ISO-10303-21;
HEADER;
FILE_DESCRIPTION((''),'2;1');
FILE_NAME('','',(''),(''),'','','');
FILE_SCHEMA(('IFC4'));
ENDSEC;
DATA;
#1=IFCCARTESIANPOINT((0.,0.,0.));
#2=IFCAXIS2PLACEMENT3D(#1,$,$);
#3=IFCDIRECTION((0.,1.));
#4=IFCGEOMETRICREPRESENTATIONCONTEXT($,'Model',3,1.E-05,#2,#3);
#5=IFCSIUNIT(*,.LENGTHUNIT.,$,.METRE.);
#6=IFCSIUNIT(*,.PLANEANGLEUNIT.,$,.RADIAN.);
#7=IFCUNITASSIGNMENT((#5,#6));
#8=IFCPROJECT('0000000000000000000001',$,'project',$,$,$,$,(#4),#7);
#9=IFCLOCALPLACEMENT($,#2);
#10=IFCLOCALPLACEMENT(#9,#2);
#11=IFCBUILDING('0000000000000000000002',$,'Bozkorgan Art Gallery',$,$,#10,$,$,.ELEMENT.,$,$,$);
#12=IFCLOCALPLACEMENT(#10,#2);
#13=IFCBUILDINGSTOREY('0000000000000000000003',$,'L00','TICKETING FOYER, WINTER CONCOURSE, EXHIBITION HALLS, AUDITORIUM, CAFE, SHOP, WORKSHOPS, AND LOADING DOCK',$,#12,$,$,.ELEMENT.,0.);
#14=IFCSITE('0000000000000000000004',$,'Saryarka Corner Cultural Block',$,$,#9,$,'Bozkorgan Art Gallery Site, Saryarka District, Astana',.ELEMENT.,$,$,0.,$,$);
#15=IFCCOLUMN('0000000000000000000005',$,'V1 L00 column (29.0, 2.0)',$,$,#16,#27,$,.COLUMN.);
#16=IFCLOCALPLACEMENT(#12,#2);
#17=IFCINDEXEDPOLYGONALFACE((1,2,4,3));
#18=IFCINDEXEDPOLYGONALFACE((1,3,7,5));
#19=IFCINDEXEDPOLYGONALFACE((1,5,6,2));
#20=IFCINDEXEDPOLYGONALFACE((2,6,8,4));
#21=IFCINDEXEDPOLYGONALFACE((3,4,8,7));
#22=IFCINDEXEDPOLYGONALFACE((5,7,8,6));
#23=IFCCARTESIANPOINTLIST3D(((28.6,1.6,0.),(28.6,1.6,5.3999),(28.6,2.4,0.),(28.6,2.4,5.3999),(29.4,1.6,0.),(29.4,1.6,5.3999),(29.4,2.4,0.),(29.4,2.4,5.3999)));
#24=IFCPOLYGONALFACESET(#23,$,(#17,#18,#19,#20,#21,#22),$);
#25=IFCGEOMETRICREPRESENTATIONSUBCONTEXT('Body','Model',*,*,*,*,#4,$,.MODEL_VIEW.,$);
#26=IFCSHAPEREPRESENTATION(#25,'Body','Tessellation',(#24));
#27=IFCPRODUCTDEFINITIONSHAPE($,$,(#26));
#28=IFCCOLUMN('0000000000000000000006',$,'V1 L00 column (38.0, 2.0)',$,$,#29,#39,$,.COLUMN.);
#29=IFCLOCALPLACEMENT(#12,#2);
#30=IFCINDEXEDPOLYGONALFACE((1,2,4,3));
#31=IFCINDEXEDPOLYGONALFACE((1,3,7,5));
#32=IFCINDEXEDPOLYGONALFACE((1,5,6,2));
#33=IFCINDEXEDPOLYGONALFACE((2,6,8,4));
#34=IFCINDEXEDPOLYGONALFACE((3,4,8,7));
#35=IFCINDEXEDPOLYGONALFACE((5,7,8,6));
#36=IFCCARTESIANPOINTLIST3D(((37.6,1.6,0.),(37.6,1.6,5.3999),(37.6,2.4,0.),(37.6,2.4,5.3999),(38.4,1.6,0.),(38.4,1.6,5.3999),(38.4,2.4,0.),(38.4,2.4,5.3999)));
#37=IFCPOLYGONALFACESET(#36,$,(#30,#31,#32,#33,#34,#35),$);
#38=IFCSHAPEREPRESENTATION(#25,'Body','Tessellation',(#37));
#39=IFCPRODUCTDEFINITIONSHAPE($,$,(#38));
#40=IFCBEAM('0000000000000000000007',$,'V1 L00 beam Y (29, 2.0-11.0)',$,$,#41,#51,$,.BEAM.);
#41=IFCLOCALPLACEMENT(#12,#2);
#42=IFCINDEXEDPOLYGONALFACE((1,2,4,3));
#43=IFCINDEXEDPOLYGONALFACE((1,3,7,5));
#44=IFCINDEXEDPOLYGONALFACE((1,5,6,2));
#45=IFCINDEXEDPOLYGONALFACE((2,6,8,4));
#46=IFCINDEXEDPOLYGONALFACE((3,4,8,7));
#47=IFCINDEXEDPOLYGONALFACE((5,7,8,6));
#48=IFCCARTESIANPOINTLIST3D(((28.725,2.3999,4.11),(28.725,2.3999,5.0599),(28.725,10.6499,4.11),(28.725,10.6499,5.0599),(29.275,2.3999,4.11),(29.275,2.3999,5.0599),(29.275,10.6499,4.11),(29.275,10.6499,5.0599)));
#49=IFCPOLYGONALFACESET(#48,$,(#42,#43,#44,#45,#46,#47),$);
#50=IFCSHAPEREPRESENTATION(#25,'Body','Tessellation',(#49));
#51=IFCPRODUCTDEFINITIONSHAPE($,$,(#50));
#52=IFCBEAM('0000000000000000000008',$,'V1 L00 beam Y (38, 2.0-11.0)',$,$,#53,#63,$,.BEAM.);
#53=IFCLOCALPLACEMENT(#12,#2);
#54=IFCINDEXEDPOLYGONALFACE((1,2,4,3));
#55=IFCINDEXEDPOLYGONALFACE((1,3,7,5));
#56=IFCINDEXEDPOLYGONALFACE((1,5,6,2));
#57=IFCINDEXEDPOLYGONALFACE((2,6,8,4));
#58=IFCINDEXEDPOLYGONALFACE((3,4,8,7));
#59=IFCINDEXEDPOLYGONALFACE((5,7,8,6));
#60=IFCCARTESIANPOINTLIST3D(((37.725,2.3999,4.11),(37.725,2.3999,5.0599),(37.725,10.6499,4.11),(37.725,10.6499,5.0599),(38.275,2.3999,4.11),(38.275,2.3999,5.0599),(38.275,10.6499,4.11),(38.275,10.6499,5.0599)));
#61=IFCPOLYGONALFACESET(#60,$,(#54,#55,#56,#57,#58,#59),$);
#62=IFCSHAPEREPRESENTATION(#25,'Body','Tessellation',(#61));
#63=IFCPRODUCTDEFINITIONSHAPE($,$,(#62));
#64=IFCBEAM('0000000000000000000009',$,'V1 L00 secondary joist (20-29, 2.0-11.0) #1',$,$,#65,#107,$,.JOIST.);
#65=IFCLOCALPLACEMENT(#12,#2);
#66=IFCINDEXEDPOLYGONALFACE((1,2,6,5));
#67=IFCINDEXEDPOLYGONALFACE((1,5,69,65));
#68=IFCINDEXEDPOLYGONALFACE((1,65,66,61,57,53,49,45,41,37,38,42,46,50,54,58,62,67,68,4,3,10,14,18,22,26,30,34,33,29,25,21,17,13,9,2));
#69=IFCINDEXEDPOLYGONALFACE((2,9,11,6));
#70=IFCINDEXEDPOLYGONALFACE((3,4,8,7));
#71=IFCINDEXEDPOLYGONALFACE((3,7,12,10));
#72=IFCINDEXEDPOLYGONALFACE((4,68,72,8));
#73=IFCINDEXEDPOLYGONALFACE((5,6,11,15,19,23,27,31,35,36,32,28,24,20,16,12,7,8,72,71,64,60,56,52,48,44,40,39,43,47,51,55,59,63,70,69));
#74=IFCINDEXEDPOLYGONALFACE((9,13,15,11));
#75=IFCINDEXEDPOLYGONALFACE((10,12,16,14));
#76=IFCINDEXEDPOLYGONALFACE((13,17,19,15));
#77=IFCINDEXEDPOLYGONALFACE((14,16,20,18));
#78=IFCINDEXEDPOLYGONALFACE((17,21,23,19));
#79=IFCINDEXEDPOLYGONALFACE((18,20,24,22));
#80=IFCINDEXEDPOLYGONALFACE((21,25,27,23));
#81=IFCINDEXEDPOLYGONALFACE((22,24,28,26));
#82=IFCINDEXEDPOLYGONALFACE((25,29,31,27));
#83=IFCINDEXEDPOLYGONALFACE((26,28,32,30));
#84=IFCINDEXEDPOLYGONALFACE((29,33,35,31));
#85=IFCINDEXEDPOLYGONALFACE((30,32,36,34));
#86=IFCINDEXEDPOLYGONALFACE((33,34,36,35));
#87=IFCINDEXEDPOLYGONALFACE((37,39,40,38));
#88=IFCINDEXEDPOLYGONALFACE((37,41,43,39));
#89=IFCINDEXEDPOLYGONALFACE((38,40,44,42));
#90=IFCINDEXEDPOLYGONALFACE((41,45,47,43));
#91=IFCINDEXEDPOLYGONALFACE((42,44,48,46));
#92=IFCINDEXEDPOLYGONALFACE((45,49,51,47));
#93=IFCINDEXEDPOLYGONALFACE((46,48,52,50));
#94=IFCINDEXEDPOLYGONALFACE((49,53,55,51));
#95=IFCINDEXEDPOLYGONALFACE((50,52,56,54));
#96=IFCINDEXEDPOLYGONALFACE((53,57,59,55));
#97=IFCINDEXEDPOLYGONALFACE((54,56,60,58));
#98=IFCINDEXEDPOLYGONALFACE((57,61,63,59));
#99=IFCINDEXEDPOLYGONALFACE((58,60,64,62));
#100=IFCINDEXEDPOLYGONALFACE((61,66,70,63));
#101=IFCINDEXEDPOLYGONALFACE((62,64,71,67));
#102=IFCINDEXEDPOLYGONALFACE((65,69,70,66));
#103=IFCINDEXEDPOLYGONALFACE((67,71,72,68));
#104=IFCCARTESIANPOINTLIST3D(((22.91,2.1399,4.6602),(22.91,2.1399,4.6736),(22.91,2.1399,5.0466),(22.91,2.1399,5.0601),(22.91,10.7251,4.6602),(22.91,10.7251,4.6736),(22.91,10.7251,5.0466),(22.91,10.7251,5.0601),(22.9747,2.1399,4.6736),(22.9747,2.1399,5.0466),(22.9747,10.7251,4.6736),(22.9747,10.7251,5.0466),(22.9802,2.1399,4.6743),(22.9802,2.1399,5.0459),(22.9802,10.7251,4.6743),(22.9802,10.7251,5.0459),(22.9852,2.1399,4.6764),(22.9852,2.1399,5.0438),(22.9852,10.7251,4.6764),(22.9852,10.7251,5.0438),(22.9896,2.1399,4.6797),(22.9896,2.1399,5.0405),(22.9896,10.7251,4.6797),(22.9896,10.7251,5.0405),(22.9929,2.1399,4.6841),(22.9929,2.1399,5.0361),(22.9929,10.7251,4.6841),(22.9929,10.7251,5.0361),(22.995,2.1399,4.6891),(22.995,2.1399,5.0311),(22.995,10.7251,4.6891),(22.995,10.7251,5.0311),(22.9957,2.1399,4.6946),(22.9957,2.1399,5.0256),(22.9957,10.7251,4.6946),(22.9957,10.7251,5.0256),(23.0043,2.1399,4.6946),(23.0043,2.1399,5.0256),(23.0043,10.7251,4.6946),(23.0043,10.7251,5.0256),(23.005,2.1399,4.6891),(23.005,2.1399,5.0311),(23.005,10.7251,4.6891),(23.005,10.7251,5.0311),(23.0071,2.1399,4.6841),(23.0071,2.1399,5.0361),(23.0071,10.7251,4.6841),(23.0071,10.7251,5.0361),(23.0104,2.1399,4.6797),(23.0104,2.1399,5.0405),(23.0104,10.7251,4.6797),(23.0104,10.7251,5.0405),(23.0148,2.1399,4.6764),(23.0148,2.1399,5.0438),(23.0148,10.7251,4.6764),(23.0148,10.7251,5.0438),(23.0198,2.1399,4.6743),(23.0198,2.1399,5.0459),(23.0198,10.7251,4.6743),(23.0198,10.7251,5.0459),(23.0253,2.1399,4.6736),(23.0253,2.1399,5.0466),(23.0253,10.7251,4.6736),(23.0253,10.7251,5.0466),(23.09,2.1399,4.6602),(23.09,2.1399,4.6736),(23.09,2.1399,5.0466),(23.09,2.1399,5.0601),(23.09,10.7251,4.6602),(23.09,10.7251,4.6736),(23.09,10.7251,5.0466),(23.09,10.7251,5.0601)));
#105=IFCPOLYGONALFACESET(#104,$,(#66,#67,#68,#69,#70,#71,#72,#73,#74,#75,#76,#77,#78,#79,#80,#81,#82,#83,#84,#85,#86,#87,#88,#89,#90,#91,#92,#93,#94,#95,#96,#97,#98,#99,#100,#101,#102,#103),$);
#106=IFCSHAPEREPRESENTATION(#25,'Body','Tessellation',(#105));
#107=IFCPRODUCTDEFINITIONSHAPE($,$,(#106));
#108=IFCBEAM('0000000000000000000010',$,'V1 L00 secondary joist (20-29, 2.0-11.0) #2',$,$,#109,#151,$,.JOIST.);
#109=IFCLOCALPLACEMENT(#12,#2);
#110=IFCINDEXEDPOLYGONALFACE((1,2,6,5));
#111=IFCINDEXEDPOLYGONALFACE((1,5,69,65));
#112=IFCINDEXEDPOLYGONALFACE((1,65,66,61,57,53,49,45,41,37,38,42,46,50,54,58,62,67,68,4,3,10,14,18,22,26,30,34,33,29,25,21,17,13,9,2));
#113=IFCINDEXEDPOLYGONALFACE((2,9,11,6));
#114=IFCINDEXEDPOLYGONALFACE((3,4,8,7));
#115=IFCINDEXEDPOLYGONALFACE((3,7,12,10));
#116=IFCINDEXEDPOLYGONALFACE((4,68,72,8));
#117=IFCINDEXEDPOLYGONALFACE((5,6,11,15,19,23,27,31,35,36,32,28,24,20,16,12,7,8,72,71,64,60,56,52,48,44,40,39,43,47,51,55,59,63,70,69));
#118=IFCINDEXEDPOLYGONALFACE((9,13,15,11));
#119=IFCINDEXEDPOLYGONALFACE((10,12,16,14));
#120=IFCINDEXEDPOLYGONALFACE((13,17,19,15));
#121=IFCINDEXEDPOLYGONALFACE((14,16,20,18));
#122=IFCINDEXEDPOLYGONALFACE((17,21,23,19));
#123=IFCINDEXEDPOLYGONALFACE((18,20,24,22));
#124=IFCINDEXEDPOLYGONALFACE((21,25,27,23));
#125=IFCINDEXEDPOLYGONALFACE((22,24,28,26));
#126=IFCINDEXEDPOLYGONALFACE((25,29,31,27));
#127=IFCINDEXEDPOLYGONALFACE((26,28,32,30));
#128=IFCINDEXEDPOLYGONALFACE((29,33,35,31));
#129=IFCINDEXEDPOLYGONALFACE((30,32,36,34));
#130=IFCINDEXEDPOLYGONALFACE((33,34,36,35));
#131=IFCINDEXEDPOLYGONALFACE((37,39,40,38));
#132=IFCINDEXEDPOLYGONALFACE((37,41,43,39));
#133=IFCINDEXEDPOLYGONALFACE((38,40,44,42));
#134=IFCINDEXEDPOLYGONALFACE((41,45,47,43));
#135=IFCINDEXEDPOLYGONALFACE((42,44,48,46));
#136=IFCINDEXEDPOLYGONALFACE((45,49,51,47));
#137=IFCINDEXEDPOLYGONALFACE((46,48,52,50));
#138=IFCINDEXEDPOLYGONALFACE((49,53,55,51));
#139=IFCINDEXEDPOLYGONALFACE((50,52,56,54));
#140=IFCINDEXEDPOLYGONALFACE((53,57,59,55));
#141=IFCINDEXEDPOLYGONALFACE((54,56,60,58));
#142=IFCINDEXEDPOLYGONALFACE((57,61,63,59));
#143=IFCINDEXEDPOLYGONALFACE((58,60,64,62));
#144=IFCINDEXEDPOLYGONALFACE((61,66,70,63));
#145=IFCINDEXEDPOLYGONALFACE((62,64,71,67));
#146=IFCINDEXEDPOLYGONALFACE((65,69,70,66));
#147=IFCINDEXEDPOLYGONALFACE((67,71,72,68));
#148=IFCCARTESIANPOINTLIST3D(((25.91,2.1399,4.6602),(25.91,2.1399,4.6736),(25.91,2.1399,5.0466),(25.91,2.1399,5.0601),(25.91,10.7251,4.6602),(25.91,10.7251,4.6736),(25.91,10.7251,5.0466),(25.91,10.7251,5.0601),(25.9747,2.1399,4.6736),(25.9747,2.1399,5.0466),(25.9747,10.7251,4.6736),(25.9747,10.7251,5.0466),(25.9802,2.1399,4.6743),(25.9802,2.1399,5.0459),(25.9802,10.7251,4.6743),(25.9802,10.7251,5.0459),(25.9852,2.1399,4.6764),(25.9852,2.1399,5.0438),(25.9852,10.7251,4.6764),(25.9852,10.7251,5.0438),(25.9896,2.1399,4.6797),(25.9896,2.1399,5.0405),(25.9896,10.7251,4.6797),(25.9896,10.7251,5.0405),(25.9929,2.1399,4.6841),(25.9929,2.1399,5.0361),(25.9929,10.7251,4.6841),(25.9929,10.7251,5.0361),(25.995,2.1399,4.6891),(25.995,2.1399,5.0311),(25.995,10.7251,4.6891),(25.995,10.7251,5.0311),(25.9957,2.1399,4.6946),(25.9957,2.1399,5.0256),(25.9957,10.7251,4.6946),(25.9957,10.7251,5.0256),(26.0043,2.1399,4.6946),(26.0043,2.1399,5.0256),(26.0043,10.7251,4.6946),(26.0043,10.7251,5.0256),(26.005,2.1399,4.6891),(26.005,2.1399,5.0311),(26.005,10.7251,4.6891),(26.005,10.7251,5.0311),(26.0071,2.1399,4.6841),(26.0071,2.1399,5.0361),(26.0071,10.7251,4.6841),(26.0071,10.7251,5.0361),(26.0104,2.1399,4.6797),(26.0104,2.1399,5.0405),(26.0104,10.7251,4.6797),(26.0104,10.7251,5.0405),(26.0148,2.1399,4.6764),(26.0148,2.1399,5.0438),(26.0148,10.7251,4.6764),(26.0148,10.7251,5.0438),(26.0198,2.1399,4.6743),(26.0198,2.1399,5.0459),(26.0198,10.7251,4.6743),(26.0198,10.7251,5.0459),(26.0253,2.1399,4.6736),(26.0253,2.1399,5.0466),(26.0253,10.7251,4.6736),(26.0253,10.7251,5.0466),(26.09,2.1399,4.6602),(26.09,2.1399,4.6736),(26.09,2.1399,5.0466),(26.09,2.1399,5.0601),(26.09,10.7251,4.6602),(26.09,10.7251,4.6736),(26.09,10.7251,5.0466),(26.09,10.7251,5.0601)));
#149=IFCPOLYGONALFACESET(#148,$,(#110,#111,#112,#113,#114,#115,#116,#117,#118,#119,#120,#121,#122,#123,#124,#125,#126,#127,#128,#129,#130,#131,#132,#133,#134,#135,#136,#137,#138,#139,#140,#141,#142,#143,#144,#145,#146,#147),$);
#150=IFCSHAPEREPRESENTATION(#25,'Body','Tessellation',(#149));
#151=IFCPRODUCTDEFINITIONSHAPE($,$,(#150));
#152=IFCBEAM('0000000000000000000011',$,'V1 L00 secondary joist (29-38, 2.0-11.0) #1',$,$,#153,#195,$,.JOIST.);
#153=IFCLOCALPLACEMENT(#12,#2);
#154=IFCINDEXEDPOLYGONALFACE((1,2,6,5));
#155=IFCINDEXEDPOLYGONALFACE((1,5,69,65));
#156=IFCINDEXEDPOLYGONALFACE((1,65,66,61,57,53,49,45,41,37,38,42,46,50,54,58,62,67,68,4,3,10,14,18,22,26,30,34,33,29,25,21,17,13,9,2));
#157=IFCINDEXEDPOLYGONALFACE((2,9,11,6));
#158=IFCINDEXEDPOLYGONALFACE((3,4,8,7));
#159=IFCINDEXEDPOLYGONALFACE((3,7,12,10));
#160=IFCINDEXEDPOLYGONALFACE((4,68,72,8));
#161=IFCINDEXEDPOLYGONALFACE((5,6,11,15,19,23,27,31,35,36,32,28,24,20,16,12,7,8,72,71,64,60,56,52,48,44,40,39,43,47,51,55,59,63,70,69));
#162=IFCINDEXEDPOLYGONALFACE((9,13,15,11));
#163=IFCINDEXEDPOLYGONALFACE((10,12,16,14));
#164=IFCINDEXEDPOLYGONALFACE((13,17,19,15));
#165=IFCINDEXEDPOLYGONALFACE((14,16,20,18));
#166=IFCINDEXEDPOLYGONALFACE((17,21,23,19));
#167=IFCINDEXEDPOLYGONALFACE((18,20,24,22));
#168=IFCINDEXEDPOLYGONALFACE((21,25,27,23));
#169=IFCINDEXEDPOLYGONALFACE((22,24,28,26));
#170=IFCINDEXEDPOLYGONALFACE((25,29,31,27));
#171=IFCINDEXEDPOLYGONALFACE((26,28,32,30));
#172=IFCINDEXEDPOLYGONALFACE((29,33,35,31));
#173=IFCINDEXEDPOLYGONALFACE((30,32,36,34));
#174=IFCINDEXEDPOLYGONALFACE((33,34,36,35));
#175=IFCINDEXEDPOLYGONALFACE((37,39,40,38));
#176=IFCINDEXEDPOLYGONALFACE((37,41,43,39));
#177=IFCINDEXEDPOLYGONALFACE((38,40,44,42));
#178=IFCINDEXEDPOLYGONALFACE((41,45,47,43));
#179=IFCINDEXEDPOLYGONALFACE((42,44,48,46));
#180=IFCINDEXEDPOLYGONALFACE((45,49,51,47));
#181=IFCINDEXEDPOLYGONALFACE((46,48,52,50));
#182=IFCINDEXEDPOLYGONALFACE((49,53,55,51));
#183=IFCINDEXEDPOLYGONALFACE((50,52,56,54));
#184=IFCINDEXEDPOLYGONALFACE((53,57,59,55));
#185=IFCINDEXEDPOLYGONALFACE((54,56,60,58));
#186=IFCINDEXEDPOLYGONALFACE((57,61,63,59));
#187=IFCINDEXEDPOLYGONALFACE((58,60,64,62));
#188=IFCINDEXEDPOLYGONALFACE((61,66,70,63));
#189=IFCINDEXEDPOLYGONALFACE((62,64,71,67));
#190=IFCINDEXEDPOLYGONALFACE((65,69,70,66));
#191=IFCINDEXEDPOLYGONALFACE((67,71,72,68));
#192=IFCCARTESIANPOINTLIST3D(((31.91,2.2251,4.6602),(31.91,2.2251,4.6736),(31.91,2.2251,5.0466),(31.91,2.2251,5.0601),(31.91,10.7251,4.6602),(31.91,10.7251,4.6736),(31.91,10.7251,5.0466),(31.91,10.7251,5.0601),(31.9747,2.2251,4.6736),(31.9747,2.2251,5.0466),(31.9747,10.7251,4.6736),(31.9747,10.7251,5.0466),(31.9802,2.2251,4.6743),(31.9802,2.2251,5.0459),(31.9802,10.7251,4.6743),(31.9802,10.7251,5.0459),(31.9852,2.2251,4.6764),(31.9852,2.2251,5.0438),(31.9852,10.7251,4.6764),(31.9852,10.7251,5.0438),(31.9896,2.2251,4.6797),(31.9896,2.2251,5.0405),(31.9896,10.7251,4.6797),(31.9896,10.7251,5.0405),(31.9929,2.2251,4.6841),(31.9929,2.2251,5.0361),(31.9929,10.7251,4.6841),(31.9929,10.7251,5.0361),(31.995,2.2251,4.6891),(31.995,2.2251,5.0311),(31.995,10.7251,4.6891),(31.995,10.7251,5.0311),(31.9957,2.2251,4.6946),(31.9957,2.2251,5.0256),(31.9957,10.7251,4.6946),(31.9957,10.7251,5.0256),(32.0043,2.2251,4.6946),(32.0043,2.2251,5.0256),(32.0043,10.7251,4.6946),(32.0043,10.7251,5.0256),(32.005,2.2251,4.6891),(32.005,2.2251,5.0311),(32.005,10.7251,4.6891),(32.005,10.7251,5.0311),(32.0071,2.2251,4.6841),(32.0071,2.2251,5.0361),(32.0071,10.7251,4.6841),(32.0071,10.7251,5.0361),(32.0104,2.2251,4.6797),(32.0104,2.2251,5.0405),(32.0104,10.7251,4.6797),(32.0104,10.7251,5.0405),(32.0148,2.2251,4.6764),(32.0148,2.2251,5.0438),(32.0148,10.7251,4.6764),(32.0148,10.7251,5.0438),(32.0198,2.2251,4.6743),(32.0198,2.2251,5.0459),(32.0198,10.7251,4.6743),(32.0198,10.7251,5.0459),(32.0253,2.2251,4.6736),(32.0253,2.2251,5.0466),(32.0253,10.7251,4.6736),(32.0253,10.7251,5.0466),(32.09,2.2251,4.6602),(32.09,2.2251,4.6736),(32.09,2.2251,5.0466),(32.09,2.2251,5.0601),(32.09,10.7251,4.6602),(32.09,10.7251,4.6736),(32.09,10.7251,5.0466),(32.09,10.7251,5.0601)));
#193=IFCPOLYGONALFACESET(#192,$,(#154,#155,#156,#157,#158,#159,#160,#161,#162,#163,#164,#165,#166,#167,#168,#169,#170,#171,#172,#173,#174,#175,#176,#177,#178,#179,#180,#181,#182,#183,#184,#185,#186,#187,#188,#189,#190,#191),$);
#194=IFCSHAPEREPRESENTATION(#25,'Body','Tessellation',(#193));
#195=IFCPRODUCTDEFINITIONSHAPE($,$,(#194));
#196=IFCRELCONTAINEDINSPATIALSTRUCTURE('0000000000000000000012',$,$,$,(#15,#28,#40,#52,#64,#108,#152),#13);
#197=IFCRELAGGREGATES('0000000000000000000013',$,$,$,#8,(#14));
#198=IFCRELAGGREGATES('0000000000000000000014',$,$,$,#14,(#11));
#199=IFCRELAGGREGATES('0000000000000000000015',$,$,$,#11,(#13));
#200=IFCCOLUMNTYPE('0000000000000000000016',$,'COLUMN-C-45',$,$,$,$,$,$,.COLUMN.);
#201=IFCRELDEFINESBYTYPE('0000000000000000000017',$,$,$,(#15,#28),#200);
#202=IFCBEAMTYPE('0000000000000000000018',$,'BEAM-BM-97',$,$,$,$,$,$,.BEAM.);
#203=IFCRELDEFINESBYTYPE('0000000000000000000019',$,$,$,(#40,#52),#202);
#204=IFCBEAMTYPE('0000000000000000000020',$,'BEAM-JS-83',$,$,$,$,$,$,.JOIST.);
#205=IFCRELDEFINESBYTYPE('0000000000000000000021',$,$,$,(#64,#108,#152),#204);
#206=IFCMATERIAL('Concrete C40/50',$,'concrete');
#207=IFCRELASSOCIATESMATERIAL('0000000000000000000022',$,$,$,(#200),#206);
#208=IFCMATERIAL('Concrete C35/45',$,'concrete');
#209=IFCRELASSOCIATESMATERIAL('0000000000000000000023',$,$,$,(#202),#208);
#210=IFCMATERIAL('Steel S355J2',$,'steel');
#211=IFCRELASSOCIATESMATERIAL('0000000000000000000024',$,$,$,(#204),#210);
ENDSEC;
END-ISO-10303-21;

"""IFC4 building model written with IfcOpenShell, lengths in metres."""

from ifc_helpers import new_model, si_unit, direction, frame, origin, origin_2d, place, context, subcontext, project, spatial, rectangle, i_section, extrude, material, material_profile, profile_set, type_object, element, save


model = new_model("IFC4")

# Units and contexts
model_context = context("Model", 3, precision=1e-05, world=origin(), true_north=direction((0.0, 1.0)))
body_context = subcontext(model_context, "Body", "Model", "MODEL_VIEW")
ifc_project = project(units=[si_unit("LENGTHUNIT", "METRE"), si_unit("PLANEANGLEUNIT", "RADIAN")], contexts=[model_context])

# Site, building, storey
site_placement = place(None, origin())
site = spatial("IfcSite", under=ifc_project, at=site_placement, Name="Saryarka Corner Cultural Block", LongName="Bozkorgan Art Gallery Site, Saryarka District, Astana", CompositionType="ELEMENT", RefElevation=0.0)
building_placement = place(site_placement, origin())
building = spatial("IfcBuilding", under=site, at=building_placement, Name="Bozkorgan Art Gallery", CompositionType="ELEMENT")
storey_placement = place(building_placement, origin())
storey = spatial("IfcBuildingStorey", under=building, at=storey_placement, Name="L00", Description="TICKETING FOYER, WINTER CONCOURSE, EXHIBITION HALLS, AUDITORIUM, CAFE, SHOP, WORKSHOPS, AND LOADING DOCK", CompositionType="ELEMENT", Elevation=0.0)

# Columns
ifc_material_1 = material(Name="Concrete C40/50", Category="concrete")
ifc_material_profile_1 = material_profile(ifc_material_1, rectangle(XDim=0.8, YDim=0.8, at=origin_2d()), Name="RC 800x800")
ifc_profile_set_1 = profile_set([ifc_material_profile_1], Name="Concrete C40/50")
column_type = type_object("IfcColumnType", Name="COLUMN-C-45", PredefinedType="COLUMN", material=ifc_profile_set_1)
for number, where, z_axis, x_axis, name in (
    (1, (29.0, 2.0, 0.0), (0.0, 0.0, 1.0), (1.0, 0.0, 0.0), "V1 L00 column (29.0, 2.0)"),
    (2, (38.0, 2.0, 0.0), (0.0, 0.0, 1.0), (1.0, 0.0, 0.0), "V1 L00 column (38.0, 2.0)"),
):
    element("IfcColumn", number, at=place(storey_placement, frame(where, z_axis=z_axis, x_axis=x_axis)), inside=storey, type_object=column_type, Name=name, PredefinedType="COLUMN", context=body_context, shape_type="SweptSolid", body=[
        extrude(rectangle(XDim=0.8, YDim=0.8, at=origin_2d()), origin(), (0.0, 0.0, 1.0), 5.3999),
    ])

# Beams
ifc_material_2 = material(Name="Concrete C35/45", Category="concrete")
ifc_material_profile_2 = material_profile(ifc_material_2, rectangle(XDim=0.55, YDim=0.95, at=origin_2d()), Name="RC 550x950")
ifc_profile_set_2 = profile_set([ifc_material_profile_2], Name="Concrete C35/45")
beam_type_1 = type_object("IfcBeamType", Name="BEAM-BM-97", PredefinedType="BEAM", material=ifc_profile_set_2)
for number, where, z_axis, x_axis, name in (
    (3, (29.0, 2.3999, 4.585), (0.0, 1.0, 0.0), (-1.0, 0.0, 0.0), "V1 L00 beam Y (29, 2.0-11.0)"),
    (4, (38.0, 2.3999, 4.585), (0.0, 1.0, 0.0), (-1.0, 0.0, 0.0), "V1 L00 beam Y (38, 2.0-11.0)"),
):
    element("IfcBeam", number, at=place(storey_placement, frame(where, z_axis=z_axis, x_axis=x_axis)), inside=storey, type_object=beam_type_1, Name=name, PredefinedType="BEAM", context=body_context, shape_type="SweptSolid", body=[
        extrude(rectangle(XDim=0.55, YDim=0.95, at=origin_2d()), origin(), (0.0, 0.0, 1.0), 8.25),
    ])
ifc_material_3 = material(Name="Steel S355J2", Category="steel")
ifc_material_profile_3 = material_profile(ifc_material_3, i_section(OverallWidth=0.1799, OverallDepth=0.3999, WebThickness=0.0085, FlangeThickness=0.0134, FilletRadius=0.021, at=origin_2d()), Name="IPE 400")
ifc_profile_set_3 = profile_set([ifc_material_profile_3], Name="Steel S355J2")
beam_type_2 = type_object("IfcBeamType", Name="BEAM-JS-83", PredefinedType="JOIST", material=ifc_profile_set_3)
for number, where, z_axis, x_axis, name in (
    (5, (23.0, 2.1399, 4.8601), (0.0, 1.0, 0.0), (-1.0, 0.0, 0.0), "V1 L00 secondary joist (20-29, 2.0-11.0) #1"),
    (6, (26.0, 2.1399, 4.8601), (0.0, 1.0, 0.0), (-1.0, 0.0, 0.0), "V1 L00 secondary joist (20-29, 2.0-11.0) #2"),
):
    element("IfcBeam", number, at=place(storey_placement, frame(where, z_axis=z_axis, x_axis=x_axis)), inside=storey, type_object=beam_type_2, Name=name, PredefinedType="JOIST", context=body_context, shape_type="SweptSolid", body=[
        extrude(i_section(OverallWidth=0.1799, OverallDepth=0.3999, WebThickness=0.0085, FlangeThickness=0.0134, FilletRadius=0.021, at=origin_2d()), origin(), (0.0, 0.0, 1.0), 8.5852),
    ])
for number, where, z_axis, x_axis, name in (
    (7, (32.0, 2.2251, 4.8601), (0.0, 1.0, 0.0), (-1.0, 0.0, 0.0), "V1 L00 secondary joist (29-38, 2.0-11.0) #1"),
):
    element("IfcBeam", number, at=place(storey_placement, frame(where, z_axis=z_axis, x_axis=x_axis)), inside=storey, type_object=beam_type_2, Name=name, PredefinedType="JOIST", context=body_context, shape_type="SweptSolid", body=[
        extrude(i_section(OverallWidth=0.1799, OverallDepth=0.3999, WebThickness=0.0085, FlangeThickness=0.0134, FilletRadius=0.021, at=origin_2d()), origin(), (0.0, 0.0, 1.0), 8.5),
    ])

save(model, "model.ifc")
